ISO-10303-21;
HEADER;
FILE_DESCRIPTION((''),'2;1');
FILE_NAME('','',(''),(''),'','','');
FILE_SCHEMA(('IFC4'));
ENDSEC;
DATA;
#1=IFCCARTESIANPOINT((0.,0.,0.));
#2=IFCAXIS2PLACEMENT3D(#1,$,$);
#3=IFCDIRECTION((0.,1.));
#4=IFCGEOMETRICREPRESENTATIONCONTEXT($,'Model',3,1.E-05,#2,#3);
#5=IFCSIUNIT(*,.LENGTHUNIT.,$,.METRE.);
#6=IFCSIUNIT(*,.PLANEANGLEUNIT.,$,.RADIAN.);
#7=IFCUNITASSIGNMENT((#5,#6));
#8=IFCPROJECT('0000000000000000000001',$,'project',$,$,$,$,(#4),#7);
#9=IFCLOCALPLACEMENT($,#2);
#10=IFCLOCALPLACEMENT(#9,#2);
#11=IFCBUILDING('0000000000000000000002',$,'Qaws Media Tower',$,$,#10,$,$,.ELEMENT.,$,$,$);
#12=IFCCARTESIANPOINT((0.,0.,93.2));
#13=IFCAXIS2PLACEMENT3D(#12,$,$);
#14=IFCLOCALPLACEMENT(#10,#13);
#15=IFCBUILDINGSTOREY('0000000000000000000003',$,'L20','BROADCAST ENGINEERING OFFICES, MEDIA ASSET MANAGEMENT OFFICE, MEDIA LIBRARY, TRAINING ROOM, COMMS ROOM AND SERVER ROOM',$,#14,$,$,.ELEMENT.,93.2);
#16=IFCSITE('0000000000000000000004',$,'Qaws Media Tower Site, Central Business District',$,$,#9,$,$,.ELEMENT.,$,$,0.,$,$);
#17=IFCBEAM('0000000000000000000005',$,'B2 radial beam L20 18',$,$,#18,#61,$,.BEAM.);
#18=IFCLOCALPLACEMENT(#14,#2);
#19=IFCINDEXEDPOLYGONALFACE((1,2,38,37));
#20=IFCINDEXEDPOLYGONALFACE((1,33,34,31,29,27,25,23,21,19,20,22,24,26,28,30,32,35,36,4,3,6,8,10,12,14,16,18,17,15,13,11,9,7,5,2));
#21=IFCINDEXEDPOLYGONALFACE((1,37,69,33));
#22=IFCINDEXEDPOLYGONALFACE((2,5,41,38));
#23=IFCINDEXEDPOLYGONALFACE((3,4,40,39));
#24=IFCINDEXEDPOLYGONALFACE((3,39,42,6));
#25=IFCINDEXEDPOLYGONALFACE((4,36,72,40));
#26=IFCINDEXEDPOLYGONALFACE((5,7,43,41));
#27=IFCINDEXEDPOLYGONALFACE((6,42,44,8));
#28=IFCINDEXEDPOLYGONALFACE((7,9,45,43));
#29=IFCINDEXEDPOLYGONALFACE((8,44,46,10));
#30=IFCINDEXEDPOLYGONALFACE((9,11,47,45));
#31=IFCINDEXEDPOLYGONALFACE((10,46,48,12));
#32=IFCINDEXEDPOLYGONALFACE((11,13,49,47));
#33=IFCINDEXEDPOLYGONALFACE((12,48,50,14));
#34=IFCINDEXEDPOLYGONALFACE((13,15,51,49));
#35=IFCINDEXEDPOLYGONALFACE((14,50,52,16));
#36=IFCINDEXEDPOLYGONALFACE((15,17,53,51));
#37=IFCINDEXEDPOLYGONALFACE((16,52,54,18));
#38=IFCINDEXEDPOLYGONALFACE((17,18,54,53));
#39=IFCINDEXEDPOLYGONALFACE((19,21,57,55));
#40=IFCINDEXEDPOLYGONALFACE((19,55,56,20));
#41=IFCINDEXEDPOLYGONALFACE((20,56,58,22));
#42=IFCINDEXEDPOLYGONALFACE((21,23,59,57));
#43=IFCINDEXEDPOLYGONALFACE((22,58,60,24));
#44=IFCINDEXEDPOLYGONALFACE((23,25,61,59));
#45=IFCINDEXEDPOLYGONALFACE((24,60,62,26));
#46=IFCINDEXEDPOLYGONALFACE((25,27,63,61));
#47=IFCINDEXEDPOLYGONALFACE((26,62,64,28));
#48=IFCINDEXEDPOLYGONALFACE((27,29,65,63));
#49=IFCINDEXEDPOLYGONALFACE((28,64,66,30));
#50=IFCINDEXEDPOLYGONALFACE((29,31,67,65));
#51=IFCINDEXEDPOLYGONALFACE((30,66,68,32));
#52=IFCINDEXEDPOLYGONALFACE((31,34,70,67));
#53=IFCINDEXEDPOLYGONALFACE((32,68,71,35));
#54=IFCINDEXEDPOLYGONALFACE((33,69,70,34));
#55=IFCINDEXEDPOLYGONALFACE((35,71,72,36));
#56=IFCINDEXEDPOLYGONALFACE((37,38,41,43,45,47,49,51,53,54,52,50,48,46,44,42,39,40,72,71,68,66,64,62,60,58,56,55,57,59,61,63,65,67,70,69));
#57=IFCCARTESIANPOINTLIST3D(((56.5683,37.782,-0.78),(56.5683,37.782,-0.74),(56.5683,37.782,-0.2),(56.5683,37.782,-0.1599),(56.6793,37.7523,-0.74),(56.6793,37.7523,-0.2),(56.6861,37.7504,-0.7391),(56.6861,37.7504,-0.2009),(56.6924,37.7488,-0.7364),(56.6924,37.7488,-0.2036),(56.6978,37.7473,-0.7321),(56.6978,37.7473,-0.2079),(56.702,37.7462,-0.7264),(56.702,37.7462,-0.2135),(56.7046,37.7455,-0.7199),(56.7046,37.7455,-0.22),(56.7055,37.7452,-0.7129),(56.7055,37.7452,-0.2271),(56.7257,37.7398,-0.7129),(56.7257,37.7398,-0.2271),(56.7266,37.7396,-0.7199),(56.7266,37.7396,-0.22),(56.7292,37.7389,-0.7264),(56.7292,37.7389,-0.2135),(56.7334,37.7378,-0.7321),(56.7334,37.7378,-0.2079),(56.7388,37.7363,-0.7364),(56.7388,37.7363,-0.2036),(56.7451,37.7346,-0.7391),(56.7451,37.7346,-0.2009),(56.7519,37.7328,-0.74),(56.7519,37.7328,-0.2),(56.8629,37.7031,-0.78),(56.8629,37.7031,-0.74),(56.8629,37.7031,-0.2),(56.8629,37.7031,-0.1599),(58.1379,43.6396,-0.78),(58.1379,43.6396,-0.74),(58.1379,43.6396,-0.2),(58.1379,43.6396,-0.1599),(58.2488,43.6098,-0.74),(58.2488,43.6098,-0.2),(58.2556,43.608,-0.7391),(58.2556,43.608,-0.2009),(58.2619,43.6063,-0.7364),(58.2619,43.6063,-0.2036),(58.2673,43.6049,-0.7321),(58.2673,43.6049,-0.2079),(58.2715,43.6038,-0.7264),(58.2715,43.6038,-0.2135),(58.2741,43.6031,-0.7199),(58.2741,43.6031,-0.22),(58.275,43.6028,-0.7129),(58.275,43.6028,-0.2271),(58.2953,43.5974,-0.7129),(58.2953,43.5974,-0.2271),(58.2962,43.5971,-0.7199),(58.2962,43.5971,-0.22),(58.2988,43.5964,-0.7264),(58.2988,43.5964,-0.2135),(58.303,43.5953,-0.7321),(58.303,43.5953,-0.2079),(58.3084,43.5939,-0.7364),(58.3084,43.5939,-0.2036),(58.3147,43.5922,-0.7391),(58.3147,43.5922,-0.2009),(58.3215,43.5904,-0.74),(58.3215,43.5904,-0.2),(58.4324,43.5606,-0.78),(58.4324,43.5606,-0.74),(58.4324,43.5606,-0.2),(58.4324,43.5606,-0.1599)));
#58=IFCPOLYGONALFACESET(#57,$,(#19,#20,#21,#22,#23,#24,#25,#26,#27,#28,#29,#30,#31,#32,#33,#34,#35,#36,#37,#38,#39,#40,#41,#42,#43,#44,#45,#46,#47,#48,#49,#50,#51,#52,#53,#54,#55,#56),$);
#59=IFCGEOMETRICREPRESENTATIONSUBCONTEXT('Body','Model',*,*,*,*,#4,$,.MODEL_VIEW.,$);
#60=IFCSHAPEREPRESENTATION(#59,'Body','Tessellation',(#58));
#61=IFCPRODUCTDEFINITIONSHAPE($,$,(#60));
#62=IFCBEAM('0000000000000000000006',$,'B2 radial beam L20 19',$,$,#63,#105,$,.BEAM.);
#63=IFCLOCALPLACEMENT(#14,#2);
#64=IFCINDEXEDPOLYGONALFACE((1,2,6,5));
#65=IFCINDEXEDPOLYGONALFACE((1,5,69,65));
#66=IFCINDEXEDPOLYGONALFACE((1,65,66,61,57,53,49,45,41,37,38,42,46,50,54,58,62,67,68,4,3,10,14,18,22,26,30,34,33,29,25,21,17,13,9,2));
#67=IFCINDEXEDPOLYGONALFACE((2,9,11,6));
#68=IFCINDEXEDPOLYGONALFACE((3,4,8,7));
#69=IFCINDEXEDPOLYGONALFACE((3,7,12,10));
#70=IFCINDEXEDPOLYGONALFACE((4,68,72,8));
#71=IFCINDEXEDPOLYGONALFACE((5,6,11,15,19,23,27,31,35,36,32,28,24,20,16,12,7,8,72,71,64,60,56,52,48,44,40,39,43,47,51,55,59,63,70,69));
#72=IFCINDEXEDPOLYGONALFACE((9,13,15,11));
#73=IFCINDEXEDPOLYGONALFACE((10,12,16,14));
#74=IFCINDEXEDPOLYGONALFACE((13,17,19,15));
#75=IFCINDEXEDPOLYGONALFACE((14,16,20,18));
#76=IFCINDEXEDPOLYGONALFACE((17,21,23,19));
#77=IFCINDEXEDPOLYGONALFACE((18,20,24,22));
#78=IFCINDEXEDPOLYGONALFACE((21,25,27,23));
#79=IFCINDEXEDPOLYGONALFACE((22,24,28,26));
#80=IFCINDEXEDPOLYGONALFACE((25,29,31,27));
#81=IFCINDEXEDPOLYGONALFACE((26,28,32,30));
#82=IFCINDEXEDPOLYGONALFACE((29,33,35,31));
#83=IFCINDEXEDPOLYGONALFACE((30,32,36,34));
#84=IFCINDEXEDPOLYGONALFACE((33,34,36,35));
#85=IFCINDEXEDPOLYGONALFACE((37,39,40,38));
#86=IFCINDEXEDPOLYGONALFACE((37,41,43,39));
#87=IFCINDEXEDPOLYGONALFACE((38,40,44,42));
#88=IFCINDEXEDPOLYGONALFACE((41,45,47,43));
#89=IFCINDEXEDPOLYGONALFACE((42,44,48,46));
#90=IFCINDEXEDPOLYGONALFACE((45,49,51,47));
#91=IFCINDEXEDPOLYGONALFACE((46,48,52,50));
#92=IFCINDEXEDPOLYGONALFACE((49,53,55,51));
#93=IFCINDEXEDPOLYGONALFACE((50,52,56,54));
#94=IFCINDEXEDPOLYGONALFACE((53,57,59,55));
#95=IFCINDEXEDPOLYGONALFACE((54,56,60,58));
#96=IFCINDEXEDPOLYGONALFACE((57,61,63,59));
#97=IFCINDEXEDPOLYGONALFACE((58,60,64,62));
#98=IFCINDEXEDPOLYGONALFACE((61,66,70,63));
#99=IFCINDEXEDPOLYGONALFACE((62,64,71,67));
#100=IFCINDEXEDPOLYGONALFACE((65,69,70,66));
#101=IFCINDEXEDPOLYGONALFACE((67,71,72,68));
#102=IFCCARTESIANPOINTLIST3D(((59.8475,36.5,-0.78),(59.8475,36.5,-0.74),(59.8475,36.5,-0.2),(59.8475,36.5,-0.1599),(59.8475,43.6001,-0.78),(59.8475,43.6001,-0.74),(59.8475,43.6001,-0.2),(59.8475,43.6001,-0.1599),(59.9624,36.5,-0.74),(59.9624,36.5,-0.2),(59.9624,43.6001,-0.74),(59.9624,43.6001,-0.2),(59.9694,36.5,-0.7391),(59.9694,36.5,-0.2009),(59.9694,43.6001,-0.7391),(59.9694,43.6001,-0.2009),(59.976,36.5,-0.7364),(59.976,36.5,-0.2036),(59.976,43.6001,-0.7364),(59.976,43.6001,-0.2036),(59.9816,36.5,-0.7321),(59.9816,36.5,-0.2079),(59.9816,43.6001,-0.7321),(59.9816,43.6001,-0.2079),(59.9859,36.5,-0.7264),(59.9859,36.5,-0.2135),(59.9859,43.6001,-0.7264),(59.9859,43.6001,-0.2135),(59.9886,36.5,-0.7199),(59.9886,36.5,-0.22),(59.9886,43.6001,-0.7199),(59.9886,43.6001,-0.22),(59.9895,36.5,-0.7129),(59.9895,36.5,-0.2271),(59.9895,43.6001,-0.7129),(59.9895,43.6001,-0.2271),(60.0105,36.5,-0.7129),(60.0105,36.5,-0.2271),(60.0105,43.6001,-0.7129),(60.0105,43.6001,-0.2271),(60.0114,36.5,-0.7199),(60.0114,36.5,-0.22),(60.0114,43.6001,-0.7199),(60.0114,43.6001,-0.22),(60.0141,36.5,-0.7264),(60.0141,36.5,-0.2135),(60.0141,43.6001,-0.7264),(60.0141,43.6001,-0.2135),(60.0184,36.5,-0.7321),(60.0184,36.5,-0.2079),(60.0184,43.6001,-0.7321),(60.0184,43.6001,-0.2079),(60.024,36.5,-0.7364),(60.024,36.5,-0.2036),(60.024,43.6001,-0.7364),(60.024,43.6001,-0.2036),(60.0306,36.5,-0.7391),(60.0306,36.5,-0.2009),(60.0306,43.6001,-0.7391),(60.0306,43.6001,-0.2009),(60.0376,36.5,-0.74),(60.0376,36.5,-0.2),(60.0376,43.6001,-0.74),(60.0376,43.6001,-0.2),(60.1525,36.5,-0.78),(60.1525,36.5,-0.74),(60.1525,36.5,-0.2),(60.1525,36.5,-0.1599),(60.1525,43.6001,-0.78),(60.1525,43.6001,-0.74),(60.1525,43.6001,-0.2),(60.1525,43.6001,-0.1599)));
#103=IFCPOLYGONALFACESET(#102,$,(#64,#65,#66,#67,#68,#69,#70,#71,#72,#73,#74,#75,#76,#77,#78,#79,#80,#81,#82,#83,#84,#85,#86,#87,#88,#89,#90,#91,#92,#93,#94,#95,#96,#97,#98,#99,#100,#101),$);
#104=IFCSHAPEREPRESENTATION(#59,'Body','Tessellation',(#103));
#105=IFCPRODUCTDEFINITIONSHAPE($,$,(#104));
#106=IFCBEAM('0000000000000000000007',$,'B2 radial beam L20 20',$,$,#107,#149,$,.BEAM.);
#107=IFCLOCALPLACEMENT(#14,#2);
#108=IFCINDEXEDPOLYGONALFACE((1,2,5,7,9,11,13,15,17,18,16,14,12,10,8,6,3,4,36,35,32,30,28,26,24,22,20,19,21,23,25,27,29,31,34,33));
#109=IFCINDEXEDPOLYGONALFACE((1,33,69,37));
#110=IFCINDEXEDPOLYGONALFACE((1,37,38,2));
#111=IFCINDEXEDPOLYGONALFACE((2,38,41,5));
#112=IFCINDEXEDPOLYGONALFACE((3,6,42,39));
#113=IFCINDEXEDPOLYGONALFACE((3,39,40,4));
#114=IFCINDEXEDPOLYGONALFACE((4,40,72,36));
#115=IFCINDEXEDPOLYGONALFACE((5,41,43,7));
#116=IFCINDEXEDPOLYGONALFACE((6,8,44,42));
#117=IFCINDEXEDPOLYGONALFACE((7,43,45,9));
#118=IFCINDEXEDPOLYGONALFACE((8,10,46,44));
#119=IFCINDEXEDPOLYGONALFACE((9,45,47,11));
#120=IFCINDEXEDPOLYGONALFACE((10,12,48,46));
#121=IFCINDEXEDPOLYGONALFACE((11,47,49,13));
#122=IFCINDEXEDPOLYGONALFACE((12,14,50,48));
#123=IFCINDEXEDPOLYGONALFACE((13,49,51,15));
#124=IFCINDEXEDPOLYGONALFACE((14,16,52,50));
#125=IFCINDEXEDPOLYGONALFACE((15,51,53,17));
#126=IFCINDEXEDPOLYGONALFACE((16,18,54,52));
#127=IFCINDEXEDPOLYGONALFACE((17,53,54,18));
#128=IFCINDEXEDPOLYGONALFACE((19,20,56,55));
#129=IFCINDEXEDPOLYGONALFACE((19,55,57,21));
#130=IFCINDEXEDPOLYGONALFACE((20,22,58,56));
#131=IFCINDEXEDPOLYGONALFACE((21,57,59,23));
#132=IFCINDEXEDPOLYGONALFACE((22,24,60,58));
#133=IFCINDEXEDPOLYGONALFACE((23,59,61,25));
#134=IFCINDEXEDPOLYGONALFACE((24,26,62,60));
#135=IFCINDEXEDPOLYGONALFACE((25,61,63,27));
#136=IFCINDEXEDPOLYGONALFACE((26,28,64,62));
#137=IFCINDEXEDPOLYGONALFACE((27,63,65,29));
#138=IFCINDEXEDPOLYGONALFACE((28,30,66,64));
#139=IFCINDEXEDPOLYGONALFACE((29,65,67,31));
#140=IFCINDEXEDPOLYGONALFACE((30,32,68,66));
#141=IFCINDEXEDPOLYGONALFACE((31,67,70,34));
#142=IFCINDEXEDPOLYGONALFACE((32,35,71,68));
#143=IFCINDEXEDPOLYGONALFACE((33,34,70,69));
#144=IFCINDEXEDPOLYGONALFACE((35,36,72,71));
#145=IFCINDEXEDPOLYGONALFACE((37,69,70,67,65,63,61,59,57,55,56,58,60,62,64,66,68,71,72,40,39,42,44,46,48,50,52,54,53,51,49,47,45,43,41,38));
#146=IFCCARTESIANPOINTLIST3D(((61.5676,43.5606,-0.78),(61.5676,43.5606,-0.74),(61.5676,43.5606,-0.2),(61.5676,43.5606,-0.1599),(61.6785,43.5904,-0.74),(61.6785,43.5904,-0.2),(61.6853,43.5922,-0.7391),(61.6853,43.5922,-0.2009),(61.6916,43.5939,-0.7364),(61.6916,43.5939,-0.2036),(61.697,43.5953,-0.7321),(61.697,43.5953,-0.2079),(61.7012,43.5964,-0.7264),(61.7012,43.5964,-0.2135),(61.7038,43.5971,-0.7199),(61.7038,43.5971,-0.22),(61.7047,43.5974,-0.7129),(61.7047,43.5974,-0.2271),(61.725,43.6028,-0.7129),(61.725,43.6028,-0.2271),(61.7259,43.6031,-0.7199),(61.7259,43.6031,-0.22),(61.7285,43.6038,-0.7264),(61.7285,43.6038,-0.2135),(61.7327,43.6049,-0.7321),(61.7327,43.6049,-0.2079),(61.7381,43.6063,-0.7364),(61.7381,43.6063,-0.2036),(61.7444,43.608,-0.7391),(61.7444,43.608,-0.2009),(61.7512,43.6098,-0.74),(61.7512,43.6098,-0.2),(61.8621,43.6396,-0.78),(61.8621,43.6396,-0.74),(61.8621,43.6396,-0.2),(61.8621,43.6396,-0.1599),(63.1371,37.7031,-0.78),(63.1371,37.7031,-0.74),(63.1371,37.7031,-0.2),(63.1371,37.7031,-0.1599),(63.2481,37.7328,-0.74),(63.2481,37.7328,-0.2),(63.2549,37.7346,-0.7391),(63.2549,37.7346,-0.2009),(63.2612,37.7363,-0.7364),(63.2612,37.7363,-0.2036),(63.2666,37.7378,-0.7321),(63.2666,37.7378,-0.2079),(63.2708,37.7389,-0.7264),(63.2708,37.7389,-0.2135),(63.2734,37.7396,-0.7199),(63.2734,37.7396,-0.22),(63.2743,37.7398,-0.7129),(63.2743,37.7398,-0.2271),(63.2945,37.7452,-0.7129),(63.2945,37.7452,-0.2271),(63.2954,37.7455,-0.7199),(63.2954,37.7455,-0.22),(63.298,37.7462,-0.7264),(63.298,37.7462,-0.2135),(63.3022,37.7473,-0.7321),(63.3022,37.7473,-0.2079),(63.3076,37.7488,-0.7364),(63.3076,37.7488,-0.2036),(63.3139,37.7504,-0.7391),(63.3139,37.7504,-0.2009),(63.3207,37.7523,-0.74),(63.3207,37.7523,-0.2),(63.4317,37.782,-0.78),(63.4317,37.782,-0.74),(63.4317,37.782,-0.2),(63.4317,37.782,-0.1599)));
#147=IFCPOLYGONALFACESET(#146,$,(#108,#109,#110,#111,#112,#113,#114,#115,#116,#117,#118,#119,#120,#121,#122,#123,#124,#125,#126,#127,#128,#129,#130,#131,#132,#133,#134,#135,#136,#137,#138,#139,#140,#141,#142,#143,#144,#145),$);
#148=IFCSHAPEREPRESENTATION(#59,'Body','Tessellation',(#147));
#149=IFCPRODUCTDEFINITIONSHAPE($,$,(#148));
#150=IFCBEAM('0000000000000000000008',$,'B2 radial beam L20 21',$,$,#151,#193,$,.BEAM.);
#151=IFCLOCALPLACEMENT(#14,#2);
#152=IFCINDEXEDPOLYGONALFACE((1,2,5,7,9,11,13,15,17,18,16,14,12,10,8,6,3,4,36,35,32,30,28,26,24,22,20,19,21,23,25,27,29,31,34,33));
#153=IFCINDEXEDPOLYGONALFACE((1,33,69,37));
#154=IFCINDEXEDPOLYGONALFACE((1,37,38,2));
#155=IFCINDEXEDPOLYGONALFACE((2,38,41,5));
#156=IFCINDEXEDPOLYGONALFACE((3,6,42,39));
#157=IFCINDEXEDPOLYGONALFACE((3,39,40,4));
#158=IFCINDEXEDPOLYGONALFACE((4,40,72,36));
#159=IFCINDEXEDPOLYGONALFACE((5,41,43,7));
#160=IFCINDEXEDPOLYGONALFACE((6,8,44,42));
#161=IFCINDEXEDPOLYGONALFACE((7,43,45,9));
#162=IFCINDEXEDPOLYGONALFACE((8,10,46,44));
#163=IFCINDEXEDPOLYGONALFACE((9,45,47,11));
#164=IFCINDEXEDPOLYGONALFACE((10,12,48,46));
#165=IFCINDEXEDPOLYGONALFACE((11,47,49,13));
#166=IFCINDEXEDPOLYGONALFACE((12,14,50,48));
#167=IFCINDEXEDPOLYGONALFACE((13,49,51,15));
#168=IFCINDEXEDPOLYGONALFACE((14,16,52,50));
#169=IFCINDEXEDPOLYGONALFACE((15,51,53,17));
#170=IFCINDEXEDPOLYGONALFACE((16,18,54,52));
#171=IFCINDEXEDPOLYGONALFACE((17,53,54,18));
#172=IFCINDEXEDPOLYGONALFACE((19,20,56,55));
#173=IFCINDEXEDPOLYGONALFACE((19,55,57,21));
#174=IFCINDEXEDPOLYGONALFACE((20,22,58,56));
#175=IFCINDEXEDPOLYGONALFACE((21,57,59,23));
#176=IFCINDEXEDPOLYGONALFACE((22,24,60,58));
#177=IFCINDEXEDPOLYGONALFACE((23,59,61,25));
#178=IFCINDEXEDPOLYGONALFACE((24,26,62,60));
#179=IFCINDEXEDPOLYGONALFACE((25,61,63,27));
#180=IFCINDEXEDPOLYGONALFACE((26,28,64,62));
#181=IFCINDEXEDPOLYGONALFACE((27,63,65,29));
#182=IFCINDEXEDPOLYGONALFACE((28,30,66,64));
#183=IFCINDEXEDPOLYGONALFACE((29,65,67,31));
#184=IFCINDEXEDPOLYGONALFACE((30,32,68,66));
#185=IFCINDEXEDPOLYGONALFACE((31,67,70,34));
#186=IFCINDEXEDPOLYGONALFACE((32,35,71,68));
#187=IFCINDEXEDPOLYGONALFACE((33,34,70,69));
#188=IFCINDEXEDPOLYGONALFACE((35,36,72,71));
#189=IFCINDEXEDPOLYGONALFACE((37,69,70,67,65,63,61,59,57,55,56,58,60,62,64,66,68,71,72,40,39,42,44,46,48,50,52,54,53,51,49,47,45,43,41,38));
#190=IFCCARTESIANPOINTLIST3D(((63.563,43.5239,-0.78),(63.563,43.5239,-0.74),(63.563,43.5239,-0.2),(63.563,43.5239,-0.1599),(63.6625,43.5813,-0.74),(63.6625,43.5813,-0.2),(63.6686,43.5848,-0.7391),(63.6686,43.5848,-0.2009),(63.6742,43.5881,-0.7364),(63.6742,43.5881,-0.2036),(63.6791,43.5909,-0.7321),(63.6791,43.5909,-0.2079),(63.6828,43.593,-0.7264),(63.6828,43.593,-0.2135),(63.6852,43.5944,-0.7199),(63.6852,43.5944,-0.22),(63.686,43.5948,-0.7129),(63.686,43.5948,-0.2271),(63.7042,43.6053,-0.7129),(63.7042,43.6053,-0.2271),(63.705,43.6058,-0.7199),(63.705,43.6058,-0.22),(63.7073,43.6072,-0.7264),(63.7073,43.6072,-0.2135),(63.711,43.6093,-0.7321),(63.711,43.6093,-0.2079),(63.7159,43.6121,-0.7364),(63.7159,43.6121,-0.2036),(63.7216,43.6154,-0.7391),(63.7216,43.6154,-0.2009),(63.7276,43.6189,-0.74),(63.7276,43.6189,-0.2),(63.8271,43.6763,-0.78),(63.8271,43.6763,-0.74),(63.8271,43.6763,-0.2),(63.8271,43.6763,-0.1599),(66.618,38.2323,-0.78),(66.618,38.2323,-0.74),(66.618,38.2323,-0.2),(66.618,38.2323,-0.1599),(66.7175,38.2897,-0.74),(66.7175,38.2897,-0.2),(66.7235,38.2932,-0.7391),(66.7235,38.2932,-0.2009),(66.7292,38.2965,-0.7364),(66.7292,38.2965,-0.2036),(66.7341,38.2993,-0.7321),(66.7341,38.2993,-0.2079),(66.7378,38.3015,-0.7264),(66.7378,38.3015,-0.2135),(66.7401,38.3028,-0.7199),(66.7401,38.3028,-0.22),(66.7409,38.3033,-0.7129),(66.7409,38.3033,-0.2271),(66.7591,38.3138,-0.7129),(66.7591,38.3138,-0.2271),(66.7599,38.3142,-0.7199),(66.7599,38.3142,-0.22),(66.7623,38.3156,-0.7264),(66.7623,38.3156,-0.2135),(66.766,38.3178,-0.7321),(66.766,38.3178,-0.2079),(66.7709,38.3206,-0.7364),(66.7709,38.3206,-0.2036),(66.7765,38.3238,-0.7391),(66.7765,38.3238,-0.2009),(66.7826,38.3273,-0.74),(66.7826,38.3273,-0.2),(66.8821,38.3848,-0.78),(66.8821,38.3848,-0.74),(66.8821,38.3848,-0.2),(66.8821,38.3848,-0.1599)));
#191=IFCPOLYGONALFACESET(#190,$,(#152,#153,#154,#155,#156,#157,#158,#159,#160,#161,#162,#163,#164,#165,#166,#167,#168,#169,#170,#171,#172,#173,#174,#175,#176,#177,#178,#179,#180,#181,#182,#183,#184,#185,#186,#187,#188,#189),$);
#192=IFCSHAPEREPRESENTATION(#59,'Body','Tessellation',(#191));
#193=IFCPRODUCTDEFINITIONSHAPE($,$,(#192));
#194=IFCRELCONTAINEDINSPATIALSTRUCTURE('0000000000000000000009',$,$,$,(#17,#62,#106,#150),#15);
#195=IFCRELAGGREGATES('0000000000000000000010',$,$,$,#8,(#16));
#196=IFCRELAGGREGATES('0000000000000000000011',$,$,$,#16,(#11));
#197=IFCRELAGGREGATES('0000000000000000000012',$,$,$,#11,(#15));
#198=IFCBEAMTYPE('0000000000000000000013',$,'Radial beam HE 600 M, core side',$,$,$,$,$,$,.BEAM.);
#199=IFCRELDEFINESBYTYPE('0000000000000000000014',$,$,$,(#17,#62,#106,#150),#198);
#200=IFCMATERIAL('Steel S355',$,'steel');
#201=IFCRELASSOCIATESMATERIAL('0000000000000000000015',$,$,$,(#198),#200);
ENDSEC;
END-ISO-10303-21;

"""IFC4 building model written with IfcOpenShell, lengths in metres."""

from ifc_helpers import new_model, si_unit, direction, frame, origin, origin_2d, place, context, subcontext, project, spatial, i_section, extrude, material, material_profile, profile_set, type_object, element, save


model = new_model("IFC4")

# Units and contexts
model_context = context("Model", 3, precision=1e-05, world=origin(), true_north=direction((0.0, 1.0)))
body_context = subcontext(model_context, "Body", "Model", "MODEL_VIEW")
ifc_project = project(units=[si_unit("LENGTHUNIT", "METRE"), si_unit("PLANEANGLEUNIT", "RADIAN")], contexts=[model_context])

# Site, building, storey
site_placement = place(None, origin())
site = spatial("IfcSite", under=ifc_project, at=site_placement, Name="Qaws Media Tower Site, Central Business District", CompositionType="ELEMENT", RefElevation=0.0)
building_placement = place(site_placement, origin())
building = spatial("IfcBuilding", under=site, at=building_placement, Name="Qaws Media Tower", CompositionType="ELEMENT")
storey_placement = place(building_placement, frame((0.0, 0.0, 93.2)))
storey = spatial("IfcBuildingStorey", under=building, at=storey_placement, Name="L20", Description="BROADCAST ENGINEERING OFFICES, MEDIA ASSET MANAGEMENT OFFICE, MEDIA LIBRARY, TRAINING ROOM, COMMS ROOM AND SERVER ROOM", CompositionType="ELEMENT", Elevation=93.2)

# Beams
ifc_material_1 = material(Name="Steel S355", Category="steel")
ifc_material_profile_1 = material_profile(ifc_material_1, i_section(OverallWidth=0.3049, OverallDepth=0.6201, WebThickness=0.021, FlangeThickness=0.04, FilletRadius=0.0271, at=origin_2d()), Name="HE 600 M")
ifc_profile_set_1 = profile_set([ifc_material_profile_1], Name="Steel S355")
beam_type_1 = type_object("IfcBeamType", Name="Radial beam HE 600 M, core side", PredefinedType="BEAM", material=ifc_profile_set_1)
beam_1_placement = place(storey_placement, frame((58.2852, 43.6001, -0.47), z_axis=(-0.258823, -0.965925, 0.0), x_axis=(0.965925, -0.258823, 0.0)))
element("IfcBeam", 1, at=beam_1_placement, inside=storey, type_object=beam_type_1, Name="B2 radial beam L20 18", PredefinedType="BEAM", context=body_context, shape_type="SweptSolid", body=[
    extrude(i_section(OverallWidth=0.3049, OverallDepth=0.6201, WebThickness=0.021, FlangeThickness=0.04, FilletRadius=0.0271, at=origin_2d()), origin(), (0.0, 0.0, 1.0), 6.0642),
])
beam_2_placement = place(storey_placement, frame((60.0, 43.6001, -0.47), z_axis=(0.0, -1.0, 0.0), x_axis=(1.0, 0.0, 0.0)))
element("IfcBeam", 2, at=beam_2_placement, inside=storey, type_object=beam_type_1, Name="B2 radial beam L20 19", PredefinedType="BEAM", context=body_context, shape_type="SweptSolid", body=[
    extrude(i_section(OverallWidth=0.3049, OverallDepth=0.6201, WebThickness=0.021, FlangeThickness=0.04, FilletRadius=0.0271, at=origin_2d()), origin(), (0.0, 0.0, 1.0), 7.1001),
])
beam_3_placement = place(storey_placement, frame((61.7148, 43.6001, -0.47), z_axis=(0.258823, -0.965925, 0.0), x_axis=(0.965925, 0.258823, 0.0)))
element("IfcBeam", 3, at=beam_3_placement, inside=storey, type_object=beam_type_1, Name="B2 radial beam L20 20", PredefinedType="BEAM", context=body_context, shape_type="SweptSolid", body=[
    extrude(i_section(OverallWidth=0.3049, OverallDepth=0.6201, WebThickness=0.021, FlangeThickness=0.04, FilletRadius=0.0271, at=origin_2d()), origin(), (0.0, 0.0, 1.0), 6.0642),
])
beam_4_placement = place(storey_placement, frame((63.6951, 43.6001, -0.47), z_axis=(0.499985, -0.866034, 0.0), x_axis=(0.866034, 0.499985, 0.0)))
element("IfcBeam", 4, at=beam_4_placement, inside=storey, type_object=beam_type_1, Name="B2 radial beam L20 21", PredefinedType="BEAM", context=body_context, shape_type="SweptSolid", body=[
    extrude(i_section(OverallWidth=0.3049, OverallDepth=0.6201, WebThickness=0.021, FlangeThickness=0.04, FilletRadius=0.0271, at=origin_2d()), origin(), (0.0, 0.0, 1.0), 6.1101),
])

save(model, "model.ifc")
